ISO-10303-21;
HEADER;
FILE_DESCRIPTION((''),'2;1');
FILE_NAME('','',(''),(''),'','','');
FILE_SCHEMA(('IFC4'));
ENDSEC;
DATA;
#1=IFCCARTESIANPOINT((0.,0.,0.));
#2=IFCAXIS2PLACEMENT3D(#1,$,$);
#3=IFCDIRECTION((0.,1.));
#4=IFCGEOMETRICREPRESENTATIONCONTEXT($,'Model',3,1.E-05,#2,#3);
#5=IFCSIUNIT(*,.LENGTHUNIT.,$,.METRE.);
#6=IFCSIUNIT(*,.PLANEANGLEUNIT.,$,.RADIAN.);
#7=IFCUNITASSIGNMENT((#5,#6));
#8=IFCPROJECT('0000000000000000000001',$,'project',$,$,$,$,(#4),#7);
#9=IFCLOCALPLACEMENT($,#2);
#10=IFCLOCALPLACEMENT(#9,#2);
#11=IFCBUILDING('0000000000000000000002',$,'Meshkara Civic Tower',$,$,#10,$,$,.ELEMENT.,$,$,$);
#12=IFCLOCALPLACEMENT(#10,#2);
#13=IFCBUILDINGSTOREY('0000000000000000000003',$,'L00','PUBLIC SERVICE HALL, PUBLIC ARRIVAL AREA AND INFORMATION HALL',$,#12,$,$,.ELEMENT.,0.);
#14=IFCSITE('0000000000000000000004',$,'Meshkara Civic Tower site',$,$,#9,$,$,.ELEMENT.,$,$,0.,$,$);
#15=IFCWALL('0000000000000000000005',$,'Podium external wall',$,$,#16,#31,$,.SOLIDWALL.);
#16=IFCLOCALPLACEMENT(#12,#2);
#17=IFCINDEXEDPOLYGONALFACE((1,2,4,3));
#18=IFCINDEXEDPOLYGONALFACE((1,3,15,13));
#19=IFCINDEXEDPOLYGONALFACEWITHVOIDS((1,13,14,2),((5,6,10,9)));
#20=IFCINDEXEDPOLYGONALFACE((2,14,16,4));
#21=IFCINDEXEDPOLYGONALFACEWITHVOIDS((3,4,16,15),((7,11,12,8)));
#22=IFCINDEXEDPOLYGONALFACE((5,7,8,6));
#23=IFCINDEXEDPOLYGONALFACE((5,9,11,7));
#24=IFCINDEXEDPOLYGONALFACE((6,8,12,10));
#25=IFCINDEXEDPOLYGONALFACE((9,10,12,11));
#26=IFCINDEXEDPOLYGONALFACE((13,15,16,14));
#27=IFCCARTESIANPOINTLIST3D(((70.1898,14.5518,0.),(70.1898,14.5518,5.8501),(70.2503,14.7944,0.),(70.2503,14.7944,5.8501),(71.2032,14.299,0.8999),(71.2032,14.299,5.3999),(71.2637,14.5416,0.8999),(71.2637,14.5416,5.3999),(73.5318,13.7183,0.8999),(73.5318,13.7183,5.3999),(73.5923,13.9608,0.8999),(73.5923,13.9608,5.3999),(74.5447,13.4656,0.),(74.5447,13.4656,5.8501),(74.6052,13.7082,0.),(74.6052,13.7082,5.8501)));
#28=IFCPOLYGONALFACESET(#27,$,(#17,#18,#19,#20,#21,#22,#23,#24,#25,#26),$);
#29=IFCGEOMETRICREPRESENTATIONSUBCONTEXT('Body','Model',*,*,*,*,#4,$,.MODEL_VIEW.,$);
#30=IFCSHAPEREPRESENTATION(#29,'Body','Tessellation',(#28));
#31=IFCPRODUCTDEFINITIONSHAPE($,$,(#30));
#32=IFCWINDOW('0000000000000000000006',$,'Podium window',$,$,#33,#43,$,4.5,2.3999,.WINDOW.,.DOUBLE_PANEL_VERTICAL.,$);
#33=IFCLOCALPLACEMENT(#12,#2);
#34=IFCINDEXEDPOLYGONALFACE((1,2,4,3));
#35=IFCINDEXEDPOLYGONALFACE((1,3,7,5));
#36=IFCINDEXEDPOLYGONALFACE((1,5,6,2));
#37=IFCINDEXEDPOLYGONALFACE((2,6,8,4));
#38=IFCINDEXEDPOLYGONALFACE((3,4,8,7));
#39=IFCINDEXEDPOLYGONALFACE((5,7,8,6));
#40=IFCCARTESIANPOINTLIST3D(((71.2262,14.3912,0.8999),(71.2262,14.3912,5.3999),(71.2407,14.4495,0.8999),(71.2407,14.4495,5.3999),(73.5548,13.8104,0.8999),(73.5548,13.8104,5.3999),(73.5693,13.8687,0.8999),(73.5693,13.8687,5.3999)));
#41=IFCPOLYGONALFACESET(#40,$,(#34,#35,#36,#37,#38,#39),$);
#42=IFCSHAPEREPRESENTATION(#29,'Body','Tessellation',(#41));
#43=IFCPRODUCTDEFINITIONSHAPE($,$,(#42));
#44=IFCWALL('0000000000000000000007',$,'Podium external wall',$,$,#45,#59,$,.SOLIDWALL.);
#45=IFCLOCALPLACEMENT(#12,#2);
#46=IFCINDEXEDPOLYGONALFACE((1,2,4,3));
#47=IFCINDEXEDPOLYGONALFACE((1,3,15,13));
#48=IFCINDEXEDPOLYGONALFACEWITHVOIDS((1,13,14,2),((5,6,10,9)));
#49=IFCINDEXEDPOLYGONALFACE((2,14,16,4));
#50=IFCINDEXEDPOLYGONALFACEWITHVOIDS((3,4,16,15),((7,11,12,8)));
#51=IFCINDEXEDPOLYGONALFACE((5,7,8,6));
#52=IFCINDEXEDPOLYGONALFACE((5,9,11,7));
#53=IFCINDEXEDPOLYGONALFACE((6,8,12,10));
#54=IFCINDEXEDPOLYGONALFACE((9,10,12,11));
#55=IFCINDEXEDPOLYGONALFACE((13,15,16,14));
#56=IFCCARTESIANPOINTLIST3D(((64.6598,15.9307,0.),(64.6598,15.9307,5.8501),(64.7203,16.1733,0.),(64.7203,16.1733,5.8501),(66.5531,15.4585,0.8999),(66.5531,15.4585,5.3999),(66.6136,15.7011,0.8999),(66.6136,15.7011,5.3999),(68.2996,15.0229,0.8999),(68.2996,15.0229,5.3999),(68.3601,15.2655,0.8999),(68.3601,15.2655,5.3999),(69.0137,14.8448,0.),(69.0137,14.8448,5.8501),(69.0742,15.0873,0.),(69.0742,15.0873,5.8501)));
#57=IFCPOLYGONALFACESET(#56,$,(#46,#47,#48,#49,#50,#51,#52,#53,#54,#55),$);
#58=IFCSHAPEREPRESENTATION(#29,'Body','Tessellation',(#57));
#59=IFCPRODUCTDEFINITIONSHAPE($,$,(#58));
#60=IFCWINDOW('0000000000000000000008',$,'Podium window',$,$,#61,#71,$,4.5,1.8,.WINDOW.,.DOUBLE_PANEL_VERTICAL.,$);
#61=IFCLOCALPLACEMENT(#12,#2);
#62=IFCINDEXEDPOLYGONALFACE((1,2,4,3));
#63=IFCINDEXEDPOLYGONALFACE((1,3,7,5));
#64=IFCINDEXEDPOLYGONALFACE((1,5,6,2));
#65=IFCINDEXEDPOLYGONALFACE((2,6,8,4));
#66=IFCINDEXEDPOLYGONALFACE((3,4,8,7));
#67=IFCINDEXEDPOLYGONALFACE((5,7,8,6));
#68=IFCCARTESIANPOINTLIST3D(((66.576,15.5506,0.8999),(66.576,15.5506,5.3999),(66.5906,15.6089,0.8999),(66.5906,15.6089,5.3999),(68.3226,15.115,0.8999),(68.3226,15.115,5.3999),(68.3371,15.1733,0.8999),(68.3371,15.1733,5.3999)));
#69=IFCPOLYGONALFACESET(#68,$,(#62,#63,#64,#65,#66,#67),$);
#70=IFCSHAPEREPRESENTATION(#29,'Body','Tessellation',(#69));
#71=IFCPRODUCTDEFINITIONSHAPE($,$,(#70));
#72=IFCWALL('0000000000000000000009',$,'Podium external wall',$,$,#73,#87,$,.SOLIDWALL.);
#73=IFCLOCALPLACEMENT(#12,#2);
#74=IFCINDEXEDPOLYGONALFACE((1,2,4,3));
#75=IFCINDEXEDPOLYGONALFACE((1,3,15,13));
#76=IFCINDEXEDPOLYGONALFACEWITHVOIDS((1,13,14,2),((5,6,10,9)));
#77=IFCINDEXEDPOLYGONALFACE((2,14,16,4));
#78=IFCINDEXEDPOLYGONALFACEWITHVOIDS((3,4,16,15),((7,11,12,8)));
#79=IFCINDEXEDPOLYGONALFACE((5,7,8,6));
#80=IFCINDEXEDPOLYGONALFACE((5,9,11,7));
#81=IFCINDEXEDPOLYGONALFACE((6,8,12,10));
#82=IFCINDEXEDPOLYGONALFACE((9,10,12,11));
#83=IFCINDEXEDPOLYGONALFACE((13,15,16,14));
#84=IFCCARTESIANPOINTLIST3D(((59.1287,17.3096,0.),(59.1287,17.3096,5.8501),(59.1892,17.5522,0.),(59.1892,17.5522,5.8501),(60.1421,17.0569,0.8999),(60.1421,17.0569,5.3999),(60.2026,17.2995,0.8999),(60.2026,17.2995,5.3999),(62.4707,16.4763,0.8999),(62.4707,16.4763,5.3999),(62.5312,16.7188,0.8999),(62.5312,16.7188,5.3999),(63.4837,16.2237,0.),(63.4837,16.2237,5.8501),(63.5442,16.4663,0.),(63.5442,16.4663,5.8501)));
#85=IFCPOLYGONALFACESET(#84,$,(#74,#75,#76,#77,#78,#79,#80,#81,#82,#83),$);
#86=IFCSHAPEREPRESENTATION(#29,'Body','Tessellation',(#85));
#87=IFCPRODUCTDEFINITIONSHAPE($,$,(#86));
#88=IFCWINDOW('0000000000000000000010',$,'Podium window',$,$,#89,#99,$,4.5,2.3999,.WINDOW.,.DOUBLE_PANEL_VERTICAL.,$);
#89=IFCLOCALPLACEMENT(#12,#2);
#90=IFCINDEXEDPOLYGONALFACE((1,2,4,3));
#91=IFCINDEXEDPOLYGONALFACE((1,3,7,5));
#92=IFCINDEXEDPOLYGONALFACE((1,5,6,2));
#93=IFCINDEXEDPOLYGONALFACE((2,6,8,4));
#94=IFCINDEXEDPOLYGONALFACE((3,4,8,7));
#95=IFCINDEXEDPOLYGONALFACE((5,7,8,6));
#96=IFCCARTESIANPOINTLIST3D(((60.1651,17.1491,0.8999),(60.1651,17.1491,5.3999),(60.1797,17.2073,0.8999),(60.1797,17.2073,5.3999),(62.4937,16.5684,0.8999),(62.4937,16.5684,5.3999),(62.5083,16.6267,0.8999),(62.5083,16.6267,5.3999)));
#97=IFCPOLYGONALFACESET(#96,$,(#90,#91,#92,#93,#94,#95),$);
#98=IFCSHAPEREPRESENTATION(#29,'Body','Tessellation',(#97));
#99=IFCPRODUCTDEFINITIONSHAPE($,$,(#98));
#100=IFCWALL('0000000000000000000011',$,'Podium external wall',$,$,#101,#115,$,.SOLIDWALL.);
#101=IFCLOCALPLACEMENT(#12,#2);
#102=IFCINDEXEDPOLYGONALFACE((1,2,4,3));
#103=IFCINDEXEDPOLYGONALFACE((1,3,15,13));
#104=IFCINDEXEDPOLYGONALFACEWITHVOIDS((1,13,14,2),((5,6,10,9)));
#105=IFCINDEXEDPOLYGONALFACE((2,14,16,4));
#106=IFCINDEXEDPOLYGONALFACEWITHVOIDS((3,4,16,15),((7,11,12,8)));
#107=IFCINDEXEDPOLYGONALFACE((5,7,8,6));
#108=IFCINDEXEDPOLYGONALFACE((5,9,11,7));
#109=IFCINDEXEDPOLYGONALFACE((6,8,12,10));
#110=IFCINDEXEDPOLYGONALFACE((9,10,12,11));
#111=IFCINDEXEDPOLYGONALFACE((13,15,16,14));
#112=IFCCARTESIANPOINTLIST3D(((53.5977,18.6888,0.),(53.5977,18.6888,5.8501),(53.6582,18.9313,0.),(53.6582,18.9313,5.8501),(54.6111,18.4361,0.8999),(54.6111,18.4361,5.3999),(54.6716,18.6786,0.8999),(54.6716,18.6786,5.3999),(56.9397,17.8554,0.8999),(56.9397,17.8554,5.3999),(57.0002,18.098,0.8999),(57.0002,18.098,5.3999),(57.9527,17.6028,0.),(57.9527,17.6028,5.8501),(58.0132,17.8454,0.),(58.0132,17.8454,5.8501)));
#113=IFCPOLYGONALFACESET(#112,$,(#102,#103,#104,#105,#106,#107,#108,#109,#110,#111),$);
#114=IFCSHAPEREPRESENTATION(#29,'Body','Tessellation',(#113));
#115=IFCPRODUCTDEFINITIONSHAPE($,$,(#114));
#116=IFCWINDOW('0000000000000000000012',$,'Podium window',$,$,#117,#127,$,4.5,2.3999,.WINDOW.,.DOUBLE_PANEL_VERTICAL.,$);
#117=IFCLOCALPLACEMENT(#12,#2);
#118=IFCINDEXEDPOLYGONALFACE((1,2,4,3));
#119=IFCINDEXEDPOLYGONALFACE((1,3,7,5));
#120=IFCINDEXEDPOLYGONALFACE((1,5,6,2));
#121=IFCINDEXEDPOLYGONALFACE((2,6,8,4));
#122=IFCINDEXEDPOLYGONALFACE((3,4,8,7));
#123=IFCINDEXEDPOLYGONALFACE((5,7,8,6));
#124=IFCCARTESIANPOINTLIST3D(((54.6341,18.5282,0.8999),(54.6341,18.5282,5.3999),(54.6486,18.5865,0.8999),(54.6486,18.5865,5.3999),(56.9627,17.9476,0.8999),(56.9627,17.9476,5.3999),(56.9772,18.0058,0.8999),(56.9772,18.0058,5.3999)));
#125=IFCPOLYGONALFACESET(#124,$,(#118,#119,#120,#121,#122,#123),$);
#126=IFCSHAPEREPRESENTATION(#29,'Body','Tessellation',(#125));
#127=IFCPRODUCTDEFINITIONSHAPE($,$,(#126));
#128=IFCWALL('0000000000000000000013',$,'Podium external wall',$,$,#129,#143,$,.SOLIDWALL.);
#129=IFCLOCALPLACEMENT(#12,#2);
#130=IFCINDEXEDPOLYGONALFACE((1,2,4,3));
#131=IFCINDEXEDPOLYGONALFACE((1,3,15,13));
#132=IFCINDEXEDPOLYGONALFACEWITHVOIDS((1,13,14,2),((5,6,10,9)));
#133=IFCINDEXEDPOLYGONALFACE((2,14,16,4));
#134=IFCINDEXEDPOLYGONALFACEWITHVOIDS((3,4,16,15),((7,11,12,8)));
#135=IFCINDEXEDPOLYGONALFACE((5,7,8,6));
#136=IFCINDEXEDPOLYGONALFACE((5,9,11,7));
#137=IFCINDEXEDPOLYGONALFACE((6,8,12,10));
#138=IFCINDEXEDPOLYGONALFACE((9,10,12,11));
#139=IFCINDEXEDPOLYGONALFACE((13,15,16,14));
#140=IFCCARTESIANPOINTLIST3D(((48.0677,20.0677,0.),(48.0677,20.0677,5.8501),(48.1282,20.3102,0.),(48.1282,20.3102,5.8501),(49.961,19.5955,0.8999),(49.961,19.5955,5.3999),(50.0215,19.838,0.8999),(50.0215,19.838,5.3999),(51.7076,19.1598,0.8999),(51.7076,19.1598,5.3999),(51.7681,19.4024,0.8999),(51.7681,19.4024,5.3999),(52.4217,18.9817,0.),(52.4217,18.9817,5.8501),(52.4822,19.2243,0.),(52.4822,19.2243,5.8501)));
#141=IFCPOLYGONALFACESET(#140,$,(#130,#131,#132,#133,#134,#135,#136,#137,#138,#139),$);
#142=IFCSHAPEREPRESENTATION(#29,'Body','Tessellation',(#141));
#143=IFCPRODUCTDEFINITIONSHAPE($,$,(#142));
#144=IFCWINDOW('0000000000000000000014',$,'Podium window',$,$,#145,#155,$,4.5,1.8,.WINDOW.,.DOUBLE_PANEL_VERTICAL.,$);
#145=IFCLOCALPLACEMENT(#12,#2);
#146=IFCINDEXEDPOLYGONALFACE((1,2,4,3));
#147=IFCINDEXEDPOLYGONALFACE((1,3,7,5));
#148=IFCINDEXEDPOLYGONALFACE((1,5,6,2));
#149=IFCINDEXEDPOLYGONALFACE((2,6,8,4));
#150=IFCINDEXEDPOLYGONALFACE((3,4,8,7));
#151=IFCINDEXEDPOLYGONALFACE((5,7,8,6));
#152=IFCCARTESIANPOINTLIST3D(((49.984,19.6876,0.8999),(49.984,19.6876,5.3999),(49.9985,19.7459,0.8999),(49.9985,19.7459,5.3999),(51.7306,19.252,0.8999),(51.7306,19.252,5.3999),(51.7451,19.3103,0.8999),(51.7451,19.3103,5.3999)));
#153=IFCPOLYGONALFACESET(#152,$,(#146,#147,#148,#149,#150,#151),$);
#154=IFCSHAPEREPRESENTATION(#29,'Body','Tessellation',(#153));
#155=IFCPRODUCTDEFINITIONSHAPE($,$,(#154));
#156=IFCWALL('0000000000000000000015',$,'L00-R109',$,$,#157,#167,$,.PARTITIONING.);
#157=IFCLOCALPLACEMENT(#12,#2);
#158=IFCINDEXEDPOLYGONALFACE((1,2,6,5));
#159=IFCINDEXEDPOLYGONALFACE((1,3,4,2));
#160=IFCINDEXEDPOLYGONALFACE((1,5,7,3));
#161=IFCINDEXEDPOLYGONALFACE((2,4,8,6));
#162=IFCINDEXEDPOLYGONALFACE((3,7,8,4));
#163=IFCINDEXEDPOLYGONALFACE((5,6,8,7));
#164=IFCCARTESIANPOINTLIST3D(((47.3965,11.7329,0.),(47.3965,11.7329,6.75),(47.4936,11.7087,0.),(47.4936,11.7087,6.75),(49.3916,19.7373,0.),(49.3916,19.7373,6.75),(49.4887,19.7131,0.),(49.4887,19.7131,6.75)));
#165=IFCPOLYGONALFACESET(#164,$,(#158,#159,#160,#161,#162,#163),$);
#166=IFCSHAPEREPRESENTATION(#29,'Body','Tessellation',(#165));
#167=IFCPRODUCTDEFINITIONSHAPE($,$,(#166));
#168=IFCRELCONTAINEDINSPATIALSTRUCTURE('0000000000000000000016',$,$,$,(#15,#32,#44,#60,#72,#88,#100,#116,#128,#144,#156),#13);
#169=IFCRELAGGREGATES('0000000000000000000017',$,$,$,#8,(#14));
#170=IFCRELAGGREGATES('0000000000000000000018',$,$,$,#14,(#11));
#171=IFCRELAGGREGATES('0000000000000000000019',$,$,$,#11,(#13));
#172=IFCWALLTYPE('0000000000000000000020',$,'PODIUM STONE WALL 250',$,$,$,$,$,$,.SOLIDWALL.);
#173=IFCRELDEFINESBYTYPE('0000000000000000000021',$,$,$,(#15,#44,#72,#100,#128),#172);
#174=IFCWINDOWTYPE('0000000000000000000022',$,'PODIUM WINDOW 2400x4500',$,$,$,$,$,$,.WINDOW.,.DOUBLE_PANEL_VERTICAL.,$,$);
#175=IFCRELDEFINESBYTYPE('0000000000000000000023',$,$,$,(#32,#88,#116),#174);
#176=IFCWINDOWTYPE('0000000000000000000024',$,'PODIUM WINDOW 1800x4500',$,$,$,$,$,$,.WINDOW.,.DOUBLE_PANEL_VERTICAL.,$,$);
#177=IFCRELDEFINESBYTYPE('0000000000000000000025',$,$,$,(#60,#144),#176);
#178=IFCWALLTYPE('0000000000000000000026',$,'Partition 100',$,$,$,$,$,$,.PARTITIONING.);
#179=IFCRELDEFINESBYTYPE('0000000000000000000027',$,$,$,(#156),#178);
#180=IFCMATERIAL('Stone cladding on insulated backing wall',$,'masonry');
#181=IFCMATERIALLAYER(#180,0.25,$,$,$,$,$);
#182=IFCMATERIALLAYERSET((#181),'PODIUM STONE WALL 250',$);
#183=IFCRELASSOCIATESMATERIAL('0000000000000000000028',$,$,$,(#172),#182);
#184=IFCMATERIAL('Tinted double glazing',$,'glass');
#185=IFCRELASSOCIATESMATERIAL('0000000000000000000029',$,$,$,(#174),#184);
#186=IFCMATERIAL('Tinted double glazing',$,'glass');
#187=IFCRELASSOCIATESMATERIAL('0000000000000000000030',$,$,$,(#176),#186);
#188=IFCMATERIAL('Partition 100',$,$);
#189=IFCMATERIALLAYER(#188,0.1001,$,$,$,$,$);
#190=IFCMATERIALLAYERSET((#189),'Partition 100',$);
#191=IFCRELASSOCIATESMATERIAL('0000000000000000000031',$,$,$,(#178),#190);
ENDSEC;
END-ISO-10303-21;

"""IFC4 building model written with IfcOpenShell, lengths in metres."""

from ifc_helpers import new_model, si_unit, direction, frame, frame_2d, origin, place, context, subcontext, project, spatial, rectangle, extrude, material, layer, layer_set, type_object, element, fill, save


model = new_model("IFC4")

# Units and contexts
model_context = context("Model", 3, precision=1e-05, world=origin(), true_north=direction((0.0, 1.0)))
body_context = subcontext(model_context, "Body", "Model", "MODEL_VIEW")
ifc_project = project(units=[si_unit("LENGTHUNIT", "METRE"), si_unit("PLANEANGLEUNIT", "RADIAN")], contexts=[model_context])

# Site, building, storey
site_placement = place(None, origin())
site = spatial("IfcSite", under=ifc_project, at=site_placement, Name="Meshkara Civic Tower site", CompositionType="ELEMENT", RefElevation=0.0)
building_placement = place(site_placement, origin())
building = spatial("IfcBuilding", under=site, at=building_placement, Name="Meshkara Civic Tower", CompositionType="ELEMENT")
storey_placement = place(building_placement, origin())
storey = spatial("IfcBuildingStorey", under=building, at=storey_placement, Name="L00", Description="PUBLIC SERVICE HALL, PUBLIC ARRIVAL AREA AND INFORMATION HALL", CompositionType="ELEMENT", Elevation=0.0)

# Walls, openings, windows
ifc_material_1 = material(Name="Stone cladding on insulated backing wall", Category="masonry")
ifc_layer_1 = layer(ifc_material_1, 0.25)
ifc_layer_set_1 = layer_set([ifc_layer_1], Name="PODIUM STONE WALL 250")
wall_type_1 = type_object("IfcWallType", Name="PODIUM STONE WALL 250", PredefinedType="SOLIDWALL", material=ifc_layer_set_1)
ifc_material_2 = material(Name="Tinted double glazing", Category="glass")
window_type_1 = type_object("IfcWindowType", Name="PODIUM WINDOW 2400x4500", PartitioningType="DOUBLE_PANEL_VERTICAL", PredefinedType="WINDOW", material=ifc_material_2)
wall_1_placement = place(storey_placement, frame((74.575, 13.5869, 0.0), z_axis=(0.0, 0.0, 1.0), x_axis=(-0.970277, 0.241998, 0.0)))
wall_1 = element("IfcWall", 1, at=wall_1_placement, inside=storey, type_object=wall_type_1, Name="Podium external wall", PredefinedType="SOLIDWALL", context=body_context, shape_type="SweptSolid", body=[
    extrude(rectangle(XDim=4.4883, YDim=0.25, at=frame_2d((2.2441, 0.0))), origin(), (0.0, 0.0, 1.0), 5.8501),
])
opening_1_placement = place(wall_1_placement, frame((1.0439, 0.0, 0.8999)))
opening_1 = element("IfcOpeningElement", 2, at=opening_1_placement, cuts=wall_1, PredefinedType="OPENING", context=body_context, shape_type="SweptSolid", body=[
    extrude(rectangle(XDim=2.3999, YDim=4.5, at=frame_2d((1.2, 2.25))), frame((0.0, 0.135, 0.0), z_axis=(0.0, -1.0, 0.0), x_axis=(1.0, 0.0, 0.0)), (0.0, 0.0, 1.0), 0.27),
])
window_1_placement = place(opening_1_placement, origin())
window_1 = element("IfcWindow", 3, at=window_1_placement, inside=storey, type_object=window_type_1, Name="Podium window", OverallHeight=4.5, OverallWidth=2.3999, PartitioningType="DOUBLE_PANEL_VERTICAL", PredefinedType="WINDOW", context=body_context, shape_type="SweptSolid", body=[
    extrude(rectangle(XDim=2.3999, YDim=4.5, at=frame_2d((1.2, 2.25))), frame((0.0, 0.03, 0.0), z_axis=(0.0, -1.0, 0.0), x_axis=(1.0, 0.0, 0.0)), (0.0, 0.0, 1.0), 0.0601),
])
fill(opening_1, window_1)
wall_2_placement = place(storey_placement, frame((69.0439, 14.9661, 0.0), z_axis=(0.0, 0.0, 1.0), x_axis=(-0.970277, 0.241998, 0.0)))
wall_2 = element("IfcWall", 4, at=wall_2_placement, inside=storey, type_object=wall_type_1, Name="Podium external wall", PredefinedType="SOLIDWALL", context=body_context, shape_type="SweptSolid", body=[
    extrude(rectangle(XDim=4.4873, YDim=0.25, at=frame_2d((2.2437, 0.0))), origin(), (0.0, 0.0, 1.0), 5.8501),
])
opening_2_placement = place(wall_2_placement, frame((0.7361, 0.0, 0.8999)))
opening_2 = element("IfcOpeningElement", 5, at=opening_2_placement, cuts=wall_2, PredefinedType="OPENING", context=body_context, shape_type="SweptSolid", body=[
    extrude(rectangle(XDim=1.8, YDim=4.5, at=frame_2d((0.8999, 2.25))), frame((0.0, 0.135, 0.0), z_axis=(0.0, -1.0, 0.0), x_axis=(1.0, 0.0, 0.0)), (0.0, 0.0, 1.0), 0.27),
])
ifc_material_3 = material(Name="Tinted double glazing", Category="glass")
window_type_2 = type_object("IfcWindowType", Name="PODIUM WINDOW 1800x4500", PartitioningType="DOUBLE_PANEL_VERTICAL", PredefinedType="WINDOW", material=ifc_material_3)
window_2_placement = place(opening_2_placement, origin())
window_2 = element("IfcWindow", 6, at=window_2_placement, inside=storey, type_object=window_type_2, Name="Podium window", OverallHeight=4.5, OverallWidth=1.8, PartitioningType="DOUBLE_PANEL_VERTICAL", PredefinedType="WINDOW", context=body_context, shape_type="SweptSolid", body=[
    extrude(rectangle(XDim=1.8, YDim=4.5, at=frame_2d((0.8999, 2.25))), frame((0.0, 0.03, 0.0), z_axis=(0.0, -1.0, 0.0), x_axis=(1.0, 0.0, 0.0)), (0.0, 0.0, 1.0), 0.0601),
])
fill(opening_2, window_2)
wall_3_placement = place(storey_placement, frame((63.5139, 16.345, 0.0), z_axis=(0.0, 0.0, 1.0), x_axis=(-0.97029, 0.241947, 0.0)))
wall_3 = element("IfcWall", 7, at=wall_3_placement, inside=storey, type_object=wall_type_1, Name="Podium external wall", PredefinedType="SOLIDWALL", context=body_context, shape_type="SweptSolid", body=[
    extrude(rectangle(XDim=4.4883, YDim=0.25, at=frame_2d((2.2441, 0.0))), origin(), (0.0, 0.0, 1.0), 5.8501),
])
opening_3_placement = place(wall_3_placement, frame((1.0439, 0.0, 0.8999)))
opening_3 = element("IfcOpeningElement", 8, at=opening_3_placement, cuts=wall_3, PredefinedType="OPENING", context=body_context, shape_type="SweptSolid", body=[
    extrude(rectangle(XDim=2.3999, YDim=4.5, at=frame_2d((1.2, 2.25))), frame((0.0, 0.135, 0.0), z_axis=(0.0, -1.0, 0.0), x_axis=(1.0, 0.0, 0.0)), (0.0, 0.0, 1.0), 0.27),
])
window_3_placement = place(opening_3_placement, origin())
window_3 = element("IfcWindow", 9, at=window_3_placement, inside=storey, type_object=window_type_1, Name="Podium window", OverallHeight=4.5, OverallWidth=2.3999, PartitioningType="DOUBLE_PANEL_VERTICAL", PredefinedType="WINDOW", context=body_context, shape_type="SweptSolid", body=[
    extrude(rectangle(XDim=2.3999, YDim=4.5, at=frame_2d((1.2, 2.25))), frame((0.0, 0.03, 0.0), z_axis=(0.0, -1.0, 0.0), x_axis=(1.0, 0.0, 0.0)), (0.0, 0.0, 1.0), 0.0601),
])
fill(opening_3, window_3)
wall_4_placement = place(storey_placement, frame((57.9829, 17.7241, 0.0), z_axis=(0.0, 0.0, 1.0), x_axis=(-0.97029, 0.241947, 0.0)))
wall_4 = element("IfcWall", 10, at=wall_4_placement, inside=storey, type_object=wall_type_1, Name="Podium external wall", PredefinedType="SOLIDWALL", context=body_context, shape_type="SweptSolid", body=[
    extrude(rectangle(XDim=4.4883, YDim=0.25, at=frame_2d((2.2441, 0.0))), origin(), (0.0, 0.0, 1.0), 5.8501),
])
opening_4_placement = place(wall_4_placement, frame((1.0439, 0.0, 0.8999)))
opening_4 = element("IfcOpeningElement", 11, at=opening_4_placement, cuts=wall_4, PredefinedType="OPENING", context=body_context, shape_type="SweptSolid", body=[
    extrude(rectangle(XDim=2.3999, YDim=4.5, at=frame_2d((1.2, 2.25))), frame((0.0, 0.135, 0.0), z_axis=(0.0, -1.0, 0.0), x_axis=(1.0, 0.0, 0.0)), (0.0, 0.0, 1.0), 0.27),
])
window_4_placement = place(opening_4_placement, origin())
window_4 = element("IfcWindow", 12, at=window_4_placement, inside=storey, type_object=window_type_1, Name="Podium window", OverallHeight=4.5, OverallWidth=2.3999, PartitioningType="DOUBLE_PANEL_VERTICAL", PredefinedType="WINDOW", context=body_context, shape_type="SweptSolid", body=[
    extrude(rectangle(XDim=2.3999, YDim=4.5, at=frame_2d((1.2, 2.25))), frame((0.0, 0.03, 0.0), z_axis=(0.0, -1.0, 0.0), x_axis=(1.0, 0.0, 0.0)), (0.0, 0.0, 1.0), 0.0601),
])
fill(opening_4, window_4)
wall_5_placement = place(storey_placement, frame((52.4519, 19.103, 0.0), z_axis=(0.0, 0.0, 1.0), x_axis=(-0.970277, 0.241998, 0.0)))
wall_5 = element("IfcWall", 13, at=wall_5_placement, inside=storey, type_object=wall_type_1, Name="Podium external wall", PredefinedType="SOLIDWALL", context=body_context, shape_type="SweptSolid", body=[
    extrude(rectangle(XDim=4.4873, YDim=0.25, at=frame_2d((2.2437, 0.0))), origin(), (0.0, 0.0, 1.0), 5.8501),
])
opening_5_placement = place(wall_5_placement, frame((0.7361, 0.0, 0.8999)))
opening_5 = element("IfcOpeningElement", 14, at=opening_5_placement, cuts=wall_5, PredefinedType="OPENING", context=body_context, shape_type="SweptSolid", body=[
    extrude(rectangle(XDim=1.8, YDim=4.5, at=frame_2d((0.8999, 2.25))), frame((0.0, 0.135, 0.0), z_axis=(0.0, -1.0, 0.0), x_axis=(1.0, 0.0, 0.0)), (0.0, 0.0, 1.0), 0.27),
])
window_5_placement = place(opening_5_placement, origin())
window_5 = element("IfcWindow", 15, at=window_5_placement, inside=storey, type_object=window_type_2, Name="Podium window", OverallHeight=4.5, OverallWidth=1.8, PartitioningType="DOUBLE_PANEL_VERTICAL", PredefinedType="WINDOW", context=body_context, shape_type="SweptSolid", body=[
    extrude(rectangle(XDim=1.8, YDim=4.5, at=frame_2d((0.8999, 2.25))), frame((0.0, 0.03, 0.0), z_axis=(0.0, -1.0, 0.0), x_axis=(1.0, 0.0, 0.0)), (0.0, 0.0, 1.0), 0.0601),
])
fill(opening_5, window_5)

# Wall
ifc_material_4 = material(Name="Partition 100")
ifc_layer_2 = layer(ifc_material_4, 0.1001)
ifc_layer_set_2 = layer_set([ifc_layer_2], Name="Partition 100")
wall_type_2 = type_object("IfcWallType", Name="Partition 100", PredefinedType="PARTITIONING", material=ifc_layer_set_2)
wall_6_placement = place(storey_placement, frame((47.4451, 11.7209, 0.0), z_axis=(0.0, 0.0, 1.0), x_axis=(0.241853, 0.970313, 0.0)))
element("IfcWall", 16, at=wall_6_placement, inside=storey, type_object=wall_type_2, Name="L00-R109", PredefinedType="PARTITIONING", context=body_context, shape_type="SweptSolid", body=[
    extrude(rectangle(XDim=8.2493, YDim=0.1001, at=frame_2d((4.1245, 0.0))), origin(), (0.0, 0.0, 1.0), 6.75),
])

save(model, "model.ifc")
